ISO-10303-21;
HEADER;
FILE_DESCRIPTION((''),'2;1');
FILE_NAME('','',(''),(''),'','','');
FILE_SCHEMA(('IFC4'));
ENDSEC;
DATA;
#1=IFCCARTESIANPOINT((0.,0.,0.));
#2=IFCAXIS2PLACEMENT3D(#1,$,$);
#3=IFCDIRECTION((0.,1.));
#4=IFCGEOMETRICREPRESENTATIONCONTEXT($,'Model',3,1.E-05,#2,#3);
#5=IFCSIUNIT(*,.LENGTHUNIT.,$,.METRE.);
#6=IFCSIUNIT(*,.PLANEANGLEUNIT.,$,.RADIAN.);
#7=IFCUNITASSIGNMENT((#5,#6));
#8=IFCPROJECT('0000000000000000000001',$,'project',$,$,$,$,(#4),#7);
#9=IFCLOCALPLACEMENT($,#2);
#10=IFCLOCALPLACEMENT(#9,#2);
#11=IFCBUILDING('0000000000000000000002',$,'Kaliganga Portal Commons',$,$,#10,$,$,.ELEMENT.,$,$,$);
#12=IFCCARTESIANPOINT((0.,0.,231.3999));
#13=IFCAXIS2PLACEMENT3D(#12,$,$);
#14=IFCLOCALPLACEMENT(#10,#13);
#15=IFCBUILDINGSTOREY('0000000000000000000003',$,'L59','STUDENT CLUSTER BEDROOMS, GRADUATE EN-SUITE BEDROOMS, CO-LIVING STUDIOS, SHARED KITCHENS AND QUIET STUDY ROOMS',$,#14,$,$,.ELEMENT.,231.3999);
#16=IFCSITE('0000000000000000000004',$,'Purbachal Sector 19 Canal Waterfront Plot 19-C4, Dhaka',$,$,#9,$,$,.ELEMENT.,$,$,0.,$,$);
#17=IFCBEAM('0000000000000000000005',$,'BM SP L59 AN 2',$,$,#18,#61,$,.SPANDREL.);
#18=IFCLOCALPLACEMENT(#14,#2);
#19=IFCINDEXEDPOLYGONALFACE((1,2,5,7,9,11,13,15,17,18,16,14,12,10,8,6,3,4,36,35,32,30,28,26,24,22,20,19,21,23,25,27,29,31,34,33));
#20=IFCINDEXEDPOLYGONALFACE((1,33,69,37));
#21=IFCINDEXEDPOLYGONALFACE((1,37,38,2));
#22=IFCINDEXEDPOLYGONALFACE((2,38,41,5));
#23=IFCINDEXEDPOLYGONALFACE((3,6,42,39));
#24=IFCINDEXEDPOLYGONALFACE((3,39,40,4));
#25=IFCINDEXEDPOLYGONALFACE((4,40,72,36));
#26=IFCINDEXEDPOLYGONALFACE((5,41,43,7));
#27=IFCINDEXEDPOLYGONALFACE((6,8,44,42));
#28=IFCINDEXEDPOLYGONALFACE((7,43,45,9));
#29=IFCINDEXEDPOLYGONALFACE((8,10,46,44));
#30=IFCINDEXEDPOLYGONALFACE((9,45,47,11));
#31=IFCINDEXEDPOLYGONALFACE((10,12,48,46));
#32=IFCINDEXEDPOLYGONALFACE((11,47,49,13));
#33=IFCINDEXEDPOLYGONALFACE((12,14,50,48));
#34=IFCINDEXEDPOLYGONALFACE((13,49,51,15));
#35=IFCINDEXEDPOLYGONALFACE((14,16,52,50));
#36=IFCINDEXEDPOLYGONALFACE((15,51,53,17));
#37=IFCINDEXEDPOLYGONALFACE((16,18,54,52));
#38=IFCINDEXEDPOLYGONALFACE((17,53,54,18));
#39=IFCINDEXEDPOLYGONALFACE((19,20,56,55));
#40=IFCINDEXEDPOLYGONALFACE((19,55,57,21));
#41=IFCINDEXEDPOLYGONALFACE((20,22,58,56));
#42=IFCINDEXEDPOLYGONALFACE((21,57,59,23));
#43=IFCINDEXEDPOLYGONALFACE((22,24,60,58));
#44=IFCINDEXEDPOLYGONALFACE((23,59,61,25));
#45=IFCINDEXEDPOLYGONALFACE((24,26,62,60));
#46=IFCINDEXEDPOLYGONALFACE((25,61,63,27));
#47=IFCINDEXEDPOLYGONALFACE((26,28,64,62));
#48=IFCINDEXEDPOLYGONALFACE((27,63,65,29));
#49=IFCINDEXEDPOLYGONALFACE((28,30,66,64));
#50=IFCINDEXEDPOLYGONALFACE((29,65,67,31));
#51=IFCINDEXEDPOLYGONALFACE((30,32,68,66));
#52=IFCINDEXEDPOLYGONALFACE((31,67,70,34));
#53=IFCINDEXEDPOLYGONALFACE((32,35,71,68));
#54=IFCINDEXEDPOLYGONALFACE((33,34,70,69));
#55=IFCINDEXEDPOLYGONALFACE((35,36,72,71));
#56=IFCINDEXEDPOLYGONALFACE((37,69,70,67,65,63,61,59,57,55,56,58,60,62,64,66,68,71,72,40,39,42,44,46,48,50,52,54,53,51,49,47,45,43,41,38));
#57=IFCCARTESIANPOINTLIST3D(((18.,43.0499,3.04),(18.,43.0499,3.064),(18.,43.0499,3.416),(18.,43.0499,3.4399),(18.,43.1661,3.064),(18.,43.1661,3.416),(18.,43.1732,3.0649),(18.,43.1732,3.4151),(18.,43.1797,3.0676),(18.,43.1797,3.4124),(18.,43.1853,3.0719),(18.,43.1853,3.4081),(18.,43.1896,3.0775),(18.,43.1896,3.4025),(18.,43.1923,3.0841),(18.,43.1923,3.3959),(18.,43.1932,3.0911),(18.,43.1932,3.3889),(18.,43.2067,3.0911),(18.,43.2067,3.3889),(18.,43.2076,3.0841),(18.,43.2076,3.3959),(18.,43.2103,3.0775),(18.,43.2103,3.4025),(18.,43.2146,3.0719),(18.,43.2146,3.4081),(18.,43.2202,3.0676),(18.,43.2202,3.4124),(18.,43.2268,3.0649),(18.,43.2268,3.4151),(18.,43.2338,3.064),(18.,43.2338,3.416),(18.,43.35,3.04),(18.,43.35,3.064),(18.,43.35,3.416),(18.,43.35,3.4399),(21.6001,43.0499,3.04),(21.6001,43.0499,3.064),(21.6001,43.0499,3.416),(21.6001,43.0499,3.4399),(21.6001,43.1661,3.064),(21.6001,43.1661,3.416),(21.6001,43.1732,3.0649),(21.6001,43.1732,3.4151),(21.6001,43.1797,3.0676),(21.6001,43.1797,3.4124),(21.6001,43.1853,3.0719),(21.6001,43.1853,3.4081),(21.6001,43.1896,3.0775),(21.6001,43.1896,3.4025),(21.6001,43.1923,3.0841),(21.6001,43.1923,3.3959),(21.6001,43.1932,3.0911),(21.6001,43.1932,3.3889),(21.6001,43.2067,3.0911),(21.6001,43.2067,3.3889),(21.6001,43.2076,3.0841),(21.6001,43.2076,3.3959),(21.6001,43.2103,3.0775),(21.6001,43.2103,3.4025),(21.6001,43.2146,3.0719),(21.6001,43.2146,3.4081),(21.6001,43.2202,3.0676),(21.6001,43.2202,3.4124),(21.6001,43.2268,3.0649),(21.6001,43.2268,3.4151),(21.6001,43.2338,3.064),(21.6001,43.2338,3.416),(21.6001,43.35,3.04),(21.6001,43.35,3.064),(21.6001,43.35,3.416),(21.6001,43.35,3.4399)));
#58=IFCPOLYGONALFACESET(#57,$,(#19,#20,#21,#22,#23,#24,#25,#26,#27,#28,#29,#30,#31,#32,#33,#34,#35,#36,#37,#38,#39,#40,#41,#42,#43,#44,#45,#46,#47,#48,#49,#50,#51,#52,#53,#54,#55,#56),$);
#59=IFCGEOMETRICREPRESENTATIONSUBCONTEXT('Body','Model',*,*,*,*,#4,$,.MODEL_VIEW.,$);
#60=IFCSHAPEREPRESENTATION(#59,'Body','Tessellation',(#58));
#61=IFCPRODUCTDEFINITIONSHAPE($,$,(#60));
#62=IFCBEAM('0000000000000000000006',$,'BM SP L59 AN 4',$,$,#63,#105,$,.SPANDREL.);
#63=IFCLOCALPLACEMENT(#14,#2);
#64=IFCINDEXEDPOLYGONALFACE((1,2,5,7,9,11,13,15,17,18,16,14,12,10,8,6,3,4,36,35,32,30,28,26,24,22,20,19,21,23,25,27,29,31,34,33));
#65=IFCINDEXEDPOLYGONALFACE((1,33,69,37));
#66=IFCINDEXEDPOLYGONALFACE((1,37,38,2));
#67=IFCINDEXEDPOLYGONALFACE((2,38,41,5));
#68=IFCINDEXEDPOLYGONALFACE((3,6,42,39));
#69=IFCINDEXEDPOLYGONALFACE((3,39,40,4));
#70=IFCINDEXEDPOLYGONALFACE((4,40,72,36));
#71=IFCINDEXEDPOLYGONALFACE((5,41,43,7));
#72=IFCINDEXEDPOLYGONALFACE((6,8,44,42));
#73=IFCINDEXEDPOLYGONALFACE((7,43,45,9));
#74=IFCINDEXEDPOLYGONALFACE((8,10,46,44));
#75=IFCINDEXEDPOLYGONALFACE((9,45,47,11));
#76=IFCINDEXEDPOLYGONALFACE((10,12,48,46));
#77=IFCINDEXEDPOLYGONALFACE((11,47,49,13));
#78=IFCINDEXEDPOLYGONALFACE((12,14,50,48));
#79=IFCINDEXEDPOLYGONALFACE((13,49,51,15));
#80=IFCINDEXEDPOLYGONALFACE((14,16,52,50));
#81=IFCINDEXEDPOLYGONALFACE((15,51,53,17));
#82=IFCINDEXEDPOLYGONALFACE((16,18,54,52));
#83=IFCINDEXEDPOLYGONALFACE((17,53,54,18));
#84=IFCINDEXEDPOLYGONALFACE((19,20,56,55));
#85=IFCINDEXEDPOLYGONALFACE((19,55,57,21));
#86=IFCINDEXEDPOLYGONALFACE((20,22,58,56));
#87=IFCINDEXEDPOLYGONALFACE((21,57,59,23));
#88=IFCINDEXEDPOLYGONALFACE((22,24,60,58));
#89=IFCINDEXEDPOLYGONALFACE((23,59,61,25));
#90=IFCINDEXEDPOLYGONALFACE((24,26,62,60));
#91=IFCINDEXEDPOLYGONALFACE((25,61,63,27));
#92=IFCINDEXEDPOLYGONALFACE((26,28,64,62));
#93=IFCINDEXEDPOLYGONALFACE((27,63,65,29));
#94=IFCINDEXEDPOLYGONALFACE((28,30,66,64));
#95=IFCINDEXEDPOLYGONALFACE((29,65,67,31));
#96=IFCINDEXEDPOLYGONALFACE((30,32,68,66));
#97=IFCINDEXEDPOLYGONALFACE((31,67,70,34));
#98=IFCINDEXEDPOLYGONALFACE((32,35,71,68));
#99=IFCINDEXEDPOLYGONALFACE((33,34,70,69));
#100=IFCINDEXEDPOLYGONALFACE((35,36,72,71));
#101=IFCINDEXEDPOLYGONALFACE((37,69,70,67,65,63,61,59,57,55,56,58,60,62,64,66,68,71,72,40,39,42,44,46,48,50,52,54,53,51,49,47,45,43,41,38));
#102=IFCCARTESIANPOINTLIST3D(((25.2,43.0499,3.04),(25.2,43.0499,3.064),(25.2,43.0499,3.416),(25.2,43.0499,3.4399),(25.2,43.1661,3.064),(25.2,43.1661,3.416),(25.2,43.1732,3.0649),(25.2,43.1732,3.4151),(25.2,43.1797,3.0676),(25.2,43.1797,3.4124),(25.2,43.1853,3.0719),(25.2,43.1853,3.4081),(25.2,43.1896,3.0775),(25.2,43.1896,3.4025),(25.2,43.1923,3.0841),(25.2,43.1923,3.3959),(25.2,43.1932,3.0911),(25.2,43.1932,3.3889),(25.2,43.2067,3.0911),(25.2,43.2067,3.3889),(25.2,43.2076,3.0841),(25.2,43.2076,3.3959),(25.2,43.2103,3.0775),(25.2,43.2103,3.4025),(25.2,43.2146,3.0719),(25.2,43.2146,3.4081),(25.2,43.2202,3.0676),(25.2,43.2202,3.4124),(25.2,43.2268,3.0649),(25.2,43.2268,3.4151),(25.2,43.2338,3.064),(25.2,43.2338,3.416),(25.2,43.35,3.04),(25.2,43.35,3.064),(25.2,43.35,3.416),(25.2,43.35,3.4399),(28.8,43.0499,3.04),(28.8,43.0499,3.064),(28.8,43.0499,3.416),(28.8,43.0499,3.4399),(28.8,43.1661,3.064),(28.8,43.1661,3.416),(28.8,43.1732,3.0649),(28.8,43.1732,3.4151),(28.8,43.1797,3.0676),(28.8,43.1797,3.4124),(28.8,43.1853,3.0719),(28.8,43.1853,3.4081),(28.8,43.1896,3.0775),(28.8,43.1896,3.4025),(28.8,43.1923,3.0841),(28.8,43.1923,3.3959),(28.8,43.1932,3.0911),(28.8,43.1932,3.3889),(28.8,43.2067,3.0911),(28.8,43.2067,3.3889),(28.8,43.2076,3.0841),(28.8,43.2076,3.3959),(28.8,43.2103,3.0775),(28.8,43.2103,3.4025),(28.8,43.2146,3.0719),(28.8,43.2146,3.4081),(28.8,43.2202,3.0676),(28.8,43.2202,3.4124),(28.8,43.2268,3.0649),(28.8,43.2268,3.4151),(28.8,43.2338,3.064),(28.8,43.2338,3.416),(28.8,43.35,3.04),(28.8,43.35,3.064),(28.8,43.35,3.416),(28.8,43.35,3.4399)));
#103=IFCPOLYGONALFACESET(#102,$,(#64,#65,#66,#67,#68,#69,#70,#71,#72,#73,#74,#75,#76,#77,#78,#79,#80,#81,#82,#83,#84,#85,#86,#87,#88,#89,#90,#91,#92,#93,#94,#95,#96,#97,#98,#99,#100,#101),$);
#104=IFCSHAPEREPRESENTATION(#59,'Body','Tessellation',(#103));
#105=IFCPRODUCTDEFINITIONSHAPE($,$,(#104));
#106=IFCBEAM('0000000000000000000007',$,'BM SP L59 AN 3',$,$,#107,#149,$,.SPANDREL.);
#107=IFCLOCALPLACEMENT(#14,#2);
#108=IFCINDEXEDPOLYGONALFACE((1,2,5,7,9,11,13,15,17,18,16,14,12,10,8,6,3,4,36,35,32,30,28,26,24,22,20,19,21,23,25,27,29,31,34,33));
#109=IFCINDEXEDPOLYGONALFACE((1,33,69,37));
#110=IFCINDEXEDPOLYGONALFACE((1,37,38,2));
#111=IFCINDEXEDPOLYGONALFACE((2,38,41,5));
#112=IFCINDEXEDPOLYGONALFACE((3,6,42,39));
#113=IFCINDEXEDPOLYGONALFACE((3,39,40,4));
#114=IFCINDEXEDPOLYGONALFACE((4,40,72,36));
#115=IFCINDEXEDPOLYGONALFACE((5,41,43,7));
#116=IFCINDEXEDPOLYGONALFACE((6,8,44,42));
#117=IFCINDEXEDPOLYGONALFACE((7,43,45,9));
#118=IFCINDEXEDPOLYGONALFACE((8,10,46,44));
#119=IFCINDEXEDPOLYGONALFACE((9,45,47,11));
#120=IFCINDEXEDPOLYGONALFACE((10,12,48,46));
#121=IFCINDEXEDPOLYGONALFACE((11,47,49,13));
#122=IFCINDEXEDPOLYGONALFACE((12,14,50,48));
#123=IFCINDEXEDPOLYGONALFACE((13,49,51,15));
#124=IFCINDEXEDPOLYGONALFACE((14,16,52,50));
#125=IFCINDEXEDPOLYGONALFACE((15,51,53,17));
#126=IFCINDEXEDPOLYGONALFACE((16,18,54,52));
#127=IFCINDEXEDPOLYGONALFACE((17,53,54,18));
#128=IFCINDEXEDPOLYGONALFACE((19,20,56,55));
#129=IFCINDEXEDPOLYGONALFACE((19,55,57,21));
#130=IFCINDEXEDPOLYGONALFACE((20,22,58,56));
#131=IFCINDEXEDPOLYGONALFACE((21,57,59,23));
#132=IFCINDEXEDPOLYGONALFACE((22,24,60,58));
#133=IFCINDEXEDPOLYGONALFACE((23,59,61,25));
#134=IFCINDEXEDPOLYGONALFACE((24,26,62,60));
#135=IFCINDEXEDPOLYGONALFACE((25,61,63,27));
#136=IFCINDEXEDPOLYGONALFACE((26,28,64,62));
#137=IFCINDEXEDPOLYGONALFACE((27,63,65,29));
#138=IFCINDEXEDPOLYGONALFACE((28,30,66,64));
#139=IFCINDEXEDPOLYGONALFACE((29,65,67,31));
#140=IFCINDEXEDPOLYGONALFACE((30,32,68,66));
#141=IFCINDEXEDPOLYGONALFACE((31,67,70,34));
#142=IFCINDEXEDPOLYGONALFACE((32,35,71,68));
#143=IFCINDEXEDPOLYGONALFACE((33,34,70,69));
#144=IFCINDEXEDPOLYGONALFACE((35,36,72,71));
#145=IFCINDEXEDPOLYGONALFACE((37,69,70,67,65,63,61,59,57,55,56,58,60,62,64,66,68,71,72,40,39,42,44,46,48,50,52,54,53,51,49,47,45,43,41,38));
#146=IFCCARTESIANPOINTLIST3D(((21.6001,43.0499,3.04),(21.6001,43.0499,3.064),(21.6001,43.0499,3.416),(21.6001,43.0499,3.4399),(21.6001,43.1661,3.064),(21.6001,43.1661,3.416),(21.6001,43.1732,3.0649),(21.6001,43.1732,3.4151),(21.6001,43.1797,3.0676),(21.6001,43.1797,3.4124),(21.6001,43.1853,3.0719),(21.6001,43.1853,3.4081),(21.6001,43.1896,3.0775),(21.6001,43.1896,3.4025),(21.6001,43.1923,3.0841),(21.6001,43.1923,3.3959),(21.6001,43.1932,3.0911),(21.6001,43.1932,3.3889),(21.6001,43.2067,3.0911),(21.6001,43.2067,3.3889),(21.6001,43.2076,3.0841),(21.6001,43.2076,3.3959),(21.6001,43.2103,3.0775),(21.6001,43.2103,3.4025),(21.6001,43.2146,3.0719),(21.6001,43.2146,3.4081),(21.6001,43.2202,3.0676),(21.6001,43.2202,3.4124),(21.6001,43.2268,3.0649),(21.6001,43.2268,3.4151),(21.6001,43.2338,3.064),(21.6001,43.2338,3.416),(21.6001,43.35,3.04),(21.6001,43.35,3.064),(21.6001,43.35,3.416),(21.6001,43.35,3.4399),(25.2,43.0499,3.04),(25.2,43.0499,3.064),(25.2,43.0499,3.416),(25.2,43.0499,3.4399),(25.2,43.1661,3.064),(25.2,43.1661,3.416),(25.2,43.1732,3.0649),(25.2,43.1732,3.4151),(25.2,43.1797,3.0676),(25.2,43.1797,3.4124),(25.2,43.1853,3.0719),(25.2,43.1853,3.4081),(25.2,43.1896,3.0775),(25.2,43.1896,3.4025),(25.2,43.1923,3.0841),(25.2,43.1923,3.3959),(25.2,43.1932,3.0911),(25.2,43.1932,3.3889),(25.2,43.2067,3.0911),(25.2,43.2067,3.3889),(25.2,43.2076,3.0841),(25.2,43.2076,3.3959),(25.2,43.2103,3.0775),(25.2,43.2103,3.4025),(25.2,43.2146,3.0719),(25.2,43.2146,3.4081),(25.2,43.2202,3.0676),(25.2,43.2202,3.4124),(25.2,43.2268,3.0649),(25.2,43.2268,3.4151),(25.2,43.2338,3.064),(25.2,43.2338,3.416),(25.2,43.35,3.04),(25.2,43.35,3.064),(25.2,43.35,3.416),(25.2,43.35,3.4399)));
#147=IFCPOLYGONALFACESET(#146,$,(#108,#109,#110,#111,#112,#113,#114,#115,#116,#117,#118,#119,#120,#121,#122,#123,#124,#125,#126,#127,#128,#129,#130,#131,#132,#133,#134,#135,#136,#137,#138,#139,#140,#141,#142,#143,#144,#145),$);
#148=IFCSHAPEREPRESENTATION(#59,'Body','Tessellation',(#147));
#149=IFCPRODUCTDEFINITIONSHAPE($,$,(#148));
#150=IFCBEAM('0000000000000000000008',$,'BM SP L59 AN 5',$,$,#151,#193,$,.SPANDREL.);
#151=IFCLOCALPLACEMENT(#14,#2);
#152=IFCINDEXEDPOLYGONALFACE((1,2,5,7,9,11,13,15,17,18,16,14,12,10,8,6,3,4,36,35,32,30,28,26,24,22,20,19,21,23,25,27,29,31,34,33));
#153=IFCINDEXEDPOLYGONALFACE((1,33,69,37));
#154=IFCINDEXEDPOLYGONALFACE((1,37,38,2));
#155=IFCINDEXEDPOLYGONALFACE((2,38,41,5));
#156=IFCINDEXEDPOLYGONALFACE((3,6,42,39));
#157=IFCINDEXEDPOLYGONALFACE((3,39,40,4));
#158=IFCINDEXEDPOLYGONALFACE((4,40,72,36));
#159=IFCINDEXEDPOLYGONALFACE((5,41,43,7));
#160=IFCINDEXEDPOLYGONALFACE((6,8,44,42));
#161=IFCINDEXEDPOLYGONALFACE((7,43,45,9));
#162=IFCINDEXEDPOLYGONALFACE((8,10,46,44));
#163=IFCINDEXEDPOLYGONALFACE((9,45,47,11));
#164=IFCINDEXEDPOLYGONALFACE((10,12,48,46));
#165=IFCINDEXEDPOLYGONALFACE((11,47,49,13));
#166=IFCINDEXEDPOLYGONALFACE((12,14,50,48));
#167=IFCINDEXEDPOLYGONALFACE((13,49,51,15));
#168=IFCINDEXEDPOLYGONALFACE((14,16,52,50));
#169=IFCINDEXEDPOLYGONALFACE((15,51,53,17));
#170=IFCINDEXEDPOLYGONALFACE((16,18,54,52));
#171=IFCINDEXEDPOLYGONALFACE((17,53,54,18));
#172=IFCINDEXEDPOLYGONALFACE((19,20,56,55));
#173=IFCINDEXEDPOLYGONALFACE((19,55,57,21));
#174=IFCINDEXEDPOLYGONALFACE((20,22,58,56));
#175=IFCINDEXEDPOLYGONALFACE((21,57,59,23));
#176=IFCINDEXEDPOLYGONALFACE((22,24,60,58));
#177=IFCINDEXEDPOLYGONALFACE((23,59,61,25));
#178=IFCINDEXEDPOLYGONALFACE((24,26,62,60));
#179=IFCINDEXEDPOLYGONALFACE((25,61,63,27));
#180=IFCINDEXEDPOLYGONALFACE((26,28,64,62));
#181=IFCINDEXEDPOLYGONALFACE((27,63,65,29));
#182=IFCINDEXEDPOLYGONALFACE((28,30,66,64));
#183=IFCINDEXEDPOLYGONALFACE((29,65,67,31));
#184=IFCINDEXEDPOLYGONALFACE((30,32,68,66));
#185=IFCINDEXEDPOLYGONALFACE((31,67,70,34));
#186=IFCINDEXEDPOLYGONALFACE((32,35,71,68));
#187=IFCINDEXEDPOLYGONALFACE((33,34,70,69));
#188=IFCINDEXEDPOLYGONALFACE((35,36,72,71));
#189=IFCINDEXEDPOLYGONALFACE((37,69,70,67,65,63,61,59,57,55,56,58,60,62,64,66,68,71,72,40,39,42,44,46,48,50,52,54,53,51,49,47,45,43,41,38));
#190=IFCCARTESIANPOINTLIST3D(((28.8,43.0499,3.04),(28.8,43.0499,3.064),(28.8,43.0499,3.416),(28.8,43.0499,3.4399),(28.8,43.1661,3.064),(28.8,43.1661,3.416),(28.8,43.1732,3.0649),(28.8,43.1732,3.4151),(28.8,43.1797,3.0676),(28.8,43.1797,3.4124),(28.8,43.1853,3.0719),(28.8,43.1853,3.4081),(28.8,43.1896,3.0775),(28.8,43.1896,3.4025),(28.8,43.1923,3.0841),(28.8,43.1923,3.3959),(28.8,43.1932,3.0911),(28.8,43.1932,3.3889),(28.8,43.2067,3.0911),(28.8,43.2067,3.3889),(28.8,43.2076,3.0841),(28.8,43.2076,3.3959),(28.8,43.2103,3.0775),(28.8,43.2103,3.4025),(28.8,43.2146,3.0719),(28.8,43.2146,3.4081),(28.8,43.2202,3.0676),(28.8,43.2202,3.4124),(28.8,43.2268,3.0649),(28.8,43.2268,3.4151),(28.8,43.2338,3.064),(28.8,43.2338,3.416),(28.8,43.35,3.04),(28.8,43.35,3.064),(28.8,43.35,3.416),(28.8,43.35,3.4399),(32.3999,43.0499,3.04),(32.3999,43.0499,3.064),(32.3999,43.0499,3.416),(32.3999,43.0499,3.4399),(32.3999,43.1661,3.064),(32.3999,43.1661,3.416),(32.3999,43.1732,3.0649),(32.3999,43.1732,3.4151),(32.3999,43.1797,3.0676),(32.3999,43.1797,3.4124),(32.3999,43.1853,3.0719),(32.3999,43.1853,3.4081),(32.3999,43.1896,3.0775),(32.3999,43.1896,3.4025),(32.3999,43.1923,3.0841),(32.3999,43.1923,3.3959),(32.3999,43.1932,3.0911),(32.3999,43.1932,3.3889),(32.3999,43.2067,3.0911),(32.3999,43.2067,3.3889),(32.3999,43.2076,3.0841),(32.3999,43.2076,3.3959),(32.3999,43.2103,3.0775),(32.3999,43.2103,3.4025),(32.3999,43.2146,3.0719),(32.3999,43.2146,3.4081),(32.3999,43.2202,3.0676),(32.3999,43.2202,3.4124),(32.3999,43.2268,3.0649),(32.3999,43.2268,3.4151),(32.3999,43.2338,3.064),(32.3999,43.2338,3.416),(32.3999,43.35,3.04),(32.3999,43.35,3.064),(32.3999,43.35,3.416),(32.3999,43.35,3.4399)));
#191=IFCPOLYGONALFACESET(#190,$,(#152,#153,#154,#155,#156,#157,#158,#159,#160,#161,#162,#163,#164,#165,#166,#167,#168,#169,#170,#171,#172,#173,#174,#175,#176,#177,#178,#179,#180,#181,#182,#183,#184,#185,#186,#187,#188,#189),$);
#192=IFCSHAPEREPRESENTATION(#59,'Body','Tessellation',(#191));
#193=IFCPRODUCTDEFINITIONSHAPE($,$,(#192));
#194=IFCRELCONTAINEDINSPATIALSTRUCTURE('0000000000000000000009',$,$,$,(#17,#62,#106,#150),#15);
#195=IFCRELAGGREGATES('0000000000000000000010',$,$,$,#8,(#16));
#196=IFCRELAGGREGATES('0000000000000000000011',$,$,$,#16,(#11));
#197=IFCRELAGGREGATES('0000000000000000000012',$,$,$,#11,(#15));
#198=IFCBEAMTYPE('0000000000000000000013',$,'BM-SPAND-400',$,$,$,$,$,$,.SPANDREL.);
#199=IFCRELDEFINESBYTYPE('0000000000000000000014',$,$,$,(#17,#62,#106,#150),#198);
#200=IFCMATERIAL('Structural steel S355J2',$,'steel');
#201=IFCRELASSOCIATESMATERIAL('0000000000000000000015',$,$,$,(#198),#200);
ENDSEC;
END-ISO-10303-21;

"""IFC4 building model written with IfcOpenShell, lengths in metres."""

from ifc_helpers import new_model, si_unit, direction, frame, origin, origin_2d, place, context, subcontext, project, spatial, i_section, extrude, source, transform, mapped, material, material_profile, profile_set, type_object, element, save


model = new_model("IFC4")

# Units and contexts
model_context = context("Model", 3, precision=1e-05, world=origin(), true_north=direction((0.0, 1.0)))
body_context = subcontext(model_context, "Body", "Model", "MODEL_VIEW")
ifc_project = project(units=[si_unit("LENGTHUNIT", "METRE"), si_unit("PLANEANGLEUNIT", "RADIAN")], contexts=[model_context])

# Site, building, storey
site_placement = place(None, origin())
site = spatial("IfcSite", under=ifc_project, at=site_placement, Name="Purbachal Sector 19 Canal Waterfront Plot 19-C4, Dhaka", CompositionType="ELEMENT", RefElevation=0.0)
building_placement = place(site_placement, origin())
building = spatial("IfcBuilding", under=site, at=building_placement, Name="Kaliganga Portal Commons", CompositionType="ELEMENT")
storey_placement = place(building_placement, frame((0.0, 0.0, 231.3999)))
storey = spatial("IfcBuildingStorey", under=building, at=storey_placement, Name="L59", Description="STUDENT CLUSTER BEDROOMS, GRADUATE EN-SUITE BEDROOMS, CO-LIVING STUDIOS, SHARED KITCHENS AND QUIET STUDY ROOMS", CompositionType="ELEMENT", Elevation=231.3999)

# Shared definitions
ifc_material_1 = material(Name="Structural steel S355J2", Category="steel")

# Beams
ifc_material_profile_1 = material_profile(ifc_material_1, i_section(OverallWidth=0.3, OverallDepth=0.3999, WebThickness=0.0134, FlangeThickness=0.0239, FilletRadius=0.0271, at=origin_2d()), Name="HE 400 B")
ifc_profile_set_1 = profile_set([ifc_material_profile_1], Name="Structural steel S355J2 wide-flange")
beam_type_1 = type_object("IfcBeamType", Name="BM-SPAND-400", PredefinedType="SPANDREL", material=ifc_profile_set_1)
shared_shape_1 = source(origin(), body_context, "Body", "SweptSolid", [
    extrude(i_section(OverallWidth=0.3, OverallDepth=0.3999, WebThickness=0.0134, FlangeThickness=0.0239, FilletRadius=0.0271, at=origin_2d()), origin(), (0.0, 0.0, 1.0), 3.6001),
])
for number, where, z_axis, x_axis, name in (
    (1, (18.0, 43.2, 3.24), (1.0, 0.0, 0.0), (0.0, 1.0, 0.0), "BM SP L59 AN 2"),
    (2, (25.2, 43.2, 3.24), (1.0, 0.0, 0.0), (0.0, 1.0, 0.0), "BM SP L59 AN 4"),
):
    element("IfcBeam", number, at=place(storey_placement, frame(where, z_axis=z_axis, x_axis=x_axis)), inside=storey, type_object=beam_type_1, Name=name, PredefinedType="SPANDREL", context=body_context, shape_type="MappedRepresentation", body=[
        mapped(shared_shape_1, transform((0.0, 0.0, 0.0), x_axis=(1.0, 0.0, 0.0), y_axis=(0.0, 1.0, 0.0), z_axis=(0.0, 0.0, 1.0), scale=1.0)),
    ])
shared_shape_2 = source(origin(), body_context, "Body", "SweptSolid", [
    extrude(i_section(OverallWidth=0.3, OverallDepth=0.3999, WebThickness=0.0134, FlangeThickness=0.0239, FilletRadius=0.0271, at=origin_2d()), origin(), (0.0, 0.0, 1.0), 3.5999),
])
for number, where, z_axis, x_axis, name in (
    (3, (21.6001, 43.2, 3.24), (1.0, 0.0, 0.0), (0.0, 1.0, 0.0), "BM SP L59 AN 3"),
    (4, (28.8, 43.2, 3.24), (1.0, 0.0, 0.0), (0.0, 1.0, 0.0), "BM SP L59 AN 5"),
):
    element("IfcBeam", number, at=place(storey_placement, frame(where, z_axis=z_axis, x_axis=x_axis)), inside=storey, type_object=beam_type_1, Name=name, PredefinedType="SPANDREL", context=body_context, shape_type="MappedRepresentation", body=[
        mapped(shared_shape_2, transform((0.0, 0.0, 0.0), x_axis=(1.0, 0.0, 0.0), y_axis=(0.0, 1.0, 0.0), z_axis=(0.0, 0.0, 1.0), scale=1.0)),
    ])

save(model, "model.ifc")
